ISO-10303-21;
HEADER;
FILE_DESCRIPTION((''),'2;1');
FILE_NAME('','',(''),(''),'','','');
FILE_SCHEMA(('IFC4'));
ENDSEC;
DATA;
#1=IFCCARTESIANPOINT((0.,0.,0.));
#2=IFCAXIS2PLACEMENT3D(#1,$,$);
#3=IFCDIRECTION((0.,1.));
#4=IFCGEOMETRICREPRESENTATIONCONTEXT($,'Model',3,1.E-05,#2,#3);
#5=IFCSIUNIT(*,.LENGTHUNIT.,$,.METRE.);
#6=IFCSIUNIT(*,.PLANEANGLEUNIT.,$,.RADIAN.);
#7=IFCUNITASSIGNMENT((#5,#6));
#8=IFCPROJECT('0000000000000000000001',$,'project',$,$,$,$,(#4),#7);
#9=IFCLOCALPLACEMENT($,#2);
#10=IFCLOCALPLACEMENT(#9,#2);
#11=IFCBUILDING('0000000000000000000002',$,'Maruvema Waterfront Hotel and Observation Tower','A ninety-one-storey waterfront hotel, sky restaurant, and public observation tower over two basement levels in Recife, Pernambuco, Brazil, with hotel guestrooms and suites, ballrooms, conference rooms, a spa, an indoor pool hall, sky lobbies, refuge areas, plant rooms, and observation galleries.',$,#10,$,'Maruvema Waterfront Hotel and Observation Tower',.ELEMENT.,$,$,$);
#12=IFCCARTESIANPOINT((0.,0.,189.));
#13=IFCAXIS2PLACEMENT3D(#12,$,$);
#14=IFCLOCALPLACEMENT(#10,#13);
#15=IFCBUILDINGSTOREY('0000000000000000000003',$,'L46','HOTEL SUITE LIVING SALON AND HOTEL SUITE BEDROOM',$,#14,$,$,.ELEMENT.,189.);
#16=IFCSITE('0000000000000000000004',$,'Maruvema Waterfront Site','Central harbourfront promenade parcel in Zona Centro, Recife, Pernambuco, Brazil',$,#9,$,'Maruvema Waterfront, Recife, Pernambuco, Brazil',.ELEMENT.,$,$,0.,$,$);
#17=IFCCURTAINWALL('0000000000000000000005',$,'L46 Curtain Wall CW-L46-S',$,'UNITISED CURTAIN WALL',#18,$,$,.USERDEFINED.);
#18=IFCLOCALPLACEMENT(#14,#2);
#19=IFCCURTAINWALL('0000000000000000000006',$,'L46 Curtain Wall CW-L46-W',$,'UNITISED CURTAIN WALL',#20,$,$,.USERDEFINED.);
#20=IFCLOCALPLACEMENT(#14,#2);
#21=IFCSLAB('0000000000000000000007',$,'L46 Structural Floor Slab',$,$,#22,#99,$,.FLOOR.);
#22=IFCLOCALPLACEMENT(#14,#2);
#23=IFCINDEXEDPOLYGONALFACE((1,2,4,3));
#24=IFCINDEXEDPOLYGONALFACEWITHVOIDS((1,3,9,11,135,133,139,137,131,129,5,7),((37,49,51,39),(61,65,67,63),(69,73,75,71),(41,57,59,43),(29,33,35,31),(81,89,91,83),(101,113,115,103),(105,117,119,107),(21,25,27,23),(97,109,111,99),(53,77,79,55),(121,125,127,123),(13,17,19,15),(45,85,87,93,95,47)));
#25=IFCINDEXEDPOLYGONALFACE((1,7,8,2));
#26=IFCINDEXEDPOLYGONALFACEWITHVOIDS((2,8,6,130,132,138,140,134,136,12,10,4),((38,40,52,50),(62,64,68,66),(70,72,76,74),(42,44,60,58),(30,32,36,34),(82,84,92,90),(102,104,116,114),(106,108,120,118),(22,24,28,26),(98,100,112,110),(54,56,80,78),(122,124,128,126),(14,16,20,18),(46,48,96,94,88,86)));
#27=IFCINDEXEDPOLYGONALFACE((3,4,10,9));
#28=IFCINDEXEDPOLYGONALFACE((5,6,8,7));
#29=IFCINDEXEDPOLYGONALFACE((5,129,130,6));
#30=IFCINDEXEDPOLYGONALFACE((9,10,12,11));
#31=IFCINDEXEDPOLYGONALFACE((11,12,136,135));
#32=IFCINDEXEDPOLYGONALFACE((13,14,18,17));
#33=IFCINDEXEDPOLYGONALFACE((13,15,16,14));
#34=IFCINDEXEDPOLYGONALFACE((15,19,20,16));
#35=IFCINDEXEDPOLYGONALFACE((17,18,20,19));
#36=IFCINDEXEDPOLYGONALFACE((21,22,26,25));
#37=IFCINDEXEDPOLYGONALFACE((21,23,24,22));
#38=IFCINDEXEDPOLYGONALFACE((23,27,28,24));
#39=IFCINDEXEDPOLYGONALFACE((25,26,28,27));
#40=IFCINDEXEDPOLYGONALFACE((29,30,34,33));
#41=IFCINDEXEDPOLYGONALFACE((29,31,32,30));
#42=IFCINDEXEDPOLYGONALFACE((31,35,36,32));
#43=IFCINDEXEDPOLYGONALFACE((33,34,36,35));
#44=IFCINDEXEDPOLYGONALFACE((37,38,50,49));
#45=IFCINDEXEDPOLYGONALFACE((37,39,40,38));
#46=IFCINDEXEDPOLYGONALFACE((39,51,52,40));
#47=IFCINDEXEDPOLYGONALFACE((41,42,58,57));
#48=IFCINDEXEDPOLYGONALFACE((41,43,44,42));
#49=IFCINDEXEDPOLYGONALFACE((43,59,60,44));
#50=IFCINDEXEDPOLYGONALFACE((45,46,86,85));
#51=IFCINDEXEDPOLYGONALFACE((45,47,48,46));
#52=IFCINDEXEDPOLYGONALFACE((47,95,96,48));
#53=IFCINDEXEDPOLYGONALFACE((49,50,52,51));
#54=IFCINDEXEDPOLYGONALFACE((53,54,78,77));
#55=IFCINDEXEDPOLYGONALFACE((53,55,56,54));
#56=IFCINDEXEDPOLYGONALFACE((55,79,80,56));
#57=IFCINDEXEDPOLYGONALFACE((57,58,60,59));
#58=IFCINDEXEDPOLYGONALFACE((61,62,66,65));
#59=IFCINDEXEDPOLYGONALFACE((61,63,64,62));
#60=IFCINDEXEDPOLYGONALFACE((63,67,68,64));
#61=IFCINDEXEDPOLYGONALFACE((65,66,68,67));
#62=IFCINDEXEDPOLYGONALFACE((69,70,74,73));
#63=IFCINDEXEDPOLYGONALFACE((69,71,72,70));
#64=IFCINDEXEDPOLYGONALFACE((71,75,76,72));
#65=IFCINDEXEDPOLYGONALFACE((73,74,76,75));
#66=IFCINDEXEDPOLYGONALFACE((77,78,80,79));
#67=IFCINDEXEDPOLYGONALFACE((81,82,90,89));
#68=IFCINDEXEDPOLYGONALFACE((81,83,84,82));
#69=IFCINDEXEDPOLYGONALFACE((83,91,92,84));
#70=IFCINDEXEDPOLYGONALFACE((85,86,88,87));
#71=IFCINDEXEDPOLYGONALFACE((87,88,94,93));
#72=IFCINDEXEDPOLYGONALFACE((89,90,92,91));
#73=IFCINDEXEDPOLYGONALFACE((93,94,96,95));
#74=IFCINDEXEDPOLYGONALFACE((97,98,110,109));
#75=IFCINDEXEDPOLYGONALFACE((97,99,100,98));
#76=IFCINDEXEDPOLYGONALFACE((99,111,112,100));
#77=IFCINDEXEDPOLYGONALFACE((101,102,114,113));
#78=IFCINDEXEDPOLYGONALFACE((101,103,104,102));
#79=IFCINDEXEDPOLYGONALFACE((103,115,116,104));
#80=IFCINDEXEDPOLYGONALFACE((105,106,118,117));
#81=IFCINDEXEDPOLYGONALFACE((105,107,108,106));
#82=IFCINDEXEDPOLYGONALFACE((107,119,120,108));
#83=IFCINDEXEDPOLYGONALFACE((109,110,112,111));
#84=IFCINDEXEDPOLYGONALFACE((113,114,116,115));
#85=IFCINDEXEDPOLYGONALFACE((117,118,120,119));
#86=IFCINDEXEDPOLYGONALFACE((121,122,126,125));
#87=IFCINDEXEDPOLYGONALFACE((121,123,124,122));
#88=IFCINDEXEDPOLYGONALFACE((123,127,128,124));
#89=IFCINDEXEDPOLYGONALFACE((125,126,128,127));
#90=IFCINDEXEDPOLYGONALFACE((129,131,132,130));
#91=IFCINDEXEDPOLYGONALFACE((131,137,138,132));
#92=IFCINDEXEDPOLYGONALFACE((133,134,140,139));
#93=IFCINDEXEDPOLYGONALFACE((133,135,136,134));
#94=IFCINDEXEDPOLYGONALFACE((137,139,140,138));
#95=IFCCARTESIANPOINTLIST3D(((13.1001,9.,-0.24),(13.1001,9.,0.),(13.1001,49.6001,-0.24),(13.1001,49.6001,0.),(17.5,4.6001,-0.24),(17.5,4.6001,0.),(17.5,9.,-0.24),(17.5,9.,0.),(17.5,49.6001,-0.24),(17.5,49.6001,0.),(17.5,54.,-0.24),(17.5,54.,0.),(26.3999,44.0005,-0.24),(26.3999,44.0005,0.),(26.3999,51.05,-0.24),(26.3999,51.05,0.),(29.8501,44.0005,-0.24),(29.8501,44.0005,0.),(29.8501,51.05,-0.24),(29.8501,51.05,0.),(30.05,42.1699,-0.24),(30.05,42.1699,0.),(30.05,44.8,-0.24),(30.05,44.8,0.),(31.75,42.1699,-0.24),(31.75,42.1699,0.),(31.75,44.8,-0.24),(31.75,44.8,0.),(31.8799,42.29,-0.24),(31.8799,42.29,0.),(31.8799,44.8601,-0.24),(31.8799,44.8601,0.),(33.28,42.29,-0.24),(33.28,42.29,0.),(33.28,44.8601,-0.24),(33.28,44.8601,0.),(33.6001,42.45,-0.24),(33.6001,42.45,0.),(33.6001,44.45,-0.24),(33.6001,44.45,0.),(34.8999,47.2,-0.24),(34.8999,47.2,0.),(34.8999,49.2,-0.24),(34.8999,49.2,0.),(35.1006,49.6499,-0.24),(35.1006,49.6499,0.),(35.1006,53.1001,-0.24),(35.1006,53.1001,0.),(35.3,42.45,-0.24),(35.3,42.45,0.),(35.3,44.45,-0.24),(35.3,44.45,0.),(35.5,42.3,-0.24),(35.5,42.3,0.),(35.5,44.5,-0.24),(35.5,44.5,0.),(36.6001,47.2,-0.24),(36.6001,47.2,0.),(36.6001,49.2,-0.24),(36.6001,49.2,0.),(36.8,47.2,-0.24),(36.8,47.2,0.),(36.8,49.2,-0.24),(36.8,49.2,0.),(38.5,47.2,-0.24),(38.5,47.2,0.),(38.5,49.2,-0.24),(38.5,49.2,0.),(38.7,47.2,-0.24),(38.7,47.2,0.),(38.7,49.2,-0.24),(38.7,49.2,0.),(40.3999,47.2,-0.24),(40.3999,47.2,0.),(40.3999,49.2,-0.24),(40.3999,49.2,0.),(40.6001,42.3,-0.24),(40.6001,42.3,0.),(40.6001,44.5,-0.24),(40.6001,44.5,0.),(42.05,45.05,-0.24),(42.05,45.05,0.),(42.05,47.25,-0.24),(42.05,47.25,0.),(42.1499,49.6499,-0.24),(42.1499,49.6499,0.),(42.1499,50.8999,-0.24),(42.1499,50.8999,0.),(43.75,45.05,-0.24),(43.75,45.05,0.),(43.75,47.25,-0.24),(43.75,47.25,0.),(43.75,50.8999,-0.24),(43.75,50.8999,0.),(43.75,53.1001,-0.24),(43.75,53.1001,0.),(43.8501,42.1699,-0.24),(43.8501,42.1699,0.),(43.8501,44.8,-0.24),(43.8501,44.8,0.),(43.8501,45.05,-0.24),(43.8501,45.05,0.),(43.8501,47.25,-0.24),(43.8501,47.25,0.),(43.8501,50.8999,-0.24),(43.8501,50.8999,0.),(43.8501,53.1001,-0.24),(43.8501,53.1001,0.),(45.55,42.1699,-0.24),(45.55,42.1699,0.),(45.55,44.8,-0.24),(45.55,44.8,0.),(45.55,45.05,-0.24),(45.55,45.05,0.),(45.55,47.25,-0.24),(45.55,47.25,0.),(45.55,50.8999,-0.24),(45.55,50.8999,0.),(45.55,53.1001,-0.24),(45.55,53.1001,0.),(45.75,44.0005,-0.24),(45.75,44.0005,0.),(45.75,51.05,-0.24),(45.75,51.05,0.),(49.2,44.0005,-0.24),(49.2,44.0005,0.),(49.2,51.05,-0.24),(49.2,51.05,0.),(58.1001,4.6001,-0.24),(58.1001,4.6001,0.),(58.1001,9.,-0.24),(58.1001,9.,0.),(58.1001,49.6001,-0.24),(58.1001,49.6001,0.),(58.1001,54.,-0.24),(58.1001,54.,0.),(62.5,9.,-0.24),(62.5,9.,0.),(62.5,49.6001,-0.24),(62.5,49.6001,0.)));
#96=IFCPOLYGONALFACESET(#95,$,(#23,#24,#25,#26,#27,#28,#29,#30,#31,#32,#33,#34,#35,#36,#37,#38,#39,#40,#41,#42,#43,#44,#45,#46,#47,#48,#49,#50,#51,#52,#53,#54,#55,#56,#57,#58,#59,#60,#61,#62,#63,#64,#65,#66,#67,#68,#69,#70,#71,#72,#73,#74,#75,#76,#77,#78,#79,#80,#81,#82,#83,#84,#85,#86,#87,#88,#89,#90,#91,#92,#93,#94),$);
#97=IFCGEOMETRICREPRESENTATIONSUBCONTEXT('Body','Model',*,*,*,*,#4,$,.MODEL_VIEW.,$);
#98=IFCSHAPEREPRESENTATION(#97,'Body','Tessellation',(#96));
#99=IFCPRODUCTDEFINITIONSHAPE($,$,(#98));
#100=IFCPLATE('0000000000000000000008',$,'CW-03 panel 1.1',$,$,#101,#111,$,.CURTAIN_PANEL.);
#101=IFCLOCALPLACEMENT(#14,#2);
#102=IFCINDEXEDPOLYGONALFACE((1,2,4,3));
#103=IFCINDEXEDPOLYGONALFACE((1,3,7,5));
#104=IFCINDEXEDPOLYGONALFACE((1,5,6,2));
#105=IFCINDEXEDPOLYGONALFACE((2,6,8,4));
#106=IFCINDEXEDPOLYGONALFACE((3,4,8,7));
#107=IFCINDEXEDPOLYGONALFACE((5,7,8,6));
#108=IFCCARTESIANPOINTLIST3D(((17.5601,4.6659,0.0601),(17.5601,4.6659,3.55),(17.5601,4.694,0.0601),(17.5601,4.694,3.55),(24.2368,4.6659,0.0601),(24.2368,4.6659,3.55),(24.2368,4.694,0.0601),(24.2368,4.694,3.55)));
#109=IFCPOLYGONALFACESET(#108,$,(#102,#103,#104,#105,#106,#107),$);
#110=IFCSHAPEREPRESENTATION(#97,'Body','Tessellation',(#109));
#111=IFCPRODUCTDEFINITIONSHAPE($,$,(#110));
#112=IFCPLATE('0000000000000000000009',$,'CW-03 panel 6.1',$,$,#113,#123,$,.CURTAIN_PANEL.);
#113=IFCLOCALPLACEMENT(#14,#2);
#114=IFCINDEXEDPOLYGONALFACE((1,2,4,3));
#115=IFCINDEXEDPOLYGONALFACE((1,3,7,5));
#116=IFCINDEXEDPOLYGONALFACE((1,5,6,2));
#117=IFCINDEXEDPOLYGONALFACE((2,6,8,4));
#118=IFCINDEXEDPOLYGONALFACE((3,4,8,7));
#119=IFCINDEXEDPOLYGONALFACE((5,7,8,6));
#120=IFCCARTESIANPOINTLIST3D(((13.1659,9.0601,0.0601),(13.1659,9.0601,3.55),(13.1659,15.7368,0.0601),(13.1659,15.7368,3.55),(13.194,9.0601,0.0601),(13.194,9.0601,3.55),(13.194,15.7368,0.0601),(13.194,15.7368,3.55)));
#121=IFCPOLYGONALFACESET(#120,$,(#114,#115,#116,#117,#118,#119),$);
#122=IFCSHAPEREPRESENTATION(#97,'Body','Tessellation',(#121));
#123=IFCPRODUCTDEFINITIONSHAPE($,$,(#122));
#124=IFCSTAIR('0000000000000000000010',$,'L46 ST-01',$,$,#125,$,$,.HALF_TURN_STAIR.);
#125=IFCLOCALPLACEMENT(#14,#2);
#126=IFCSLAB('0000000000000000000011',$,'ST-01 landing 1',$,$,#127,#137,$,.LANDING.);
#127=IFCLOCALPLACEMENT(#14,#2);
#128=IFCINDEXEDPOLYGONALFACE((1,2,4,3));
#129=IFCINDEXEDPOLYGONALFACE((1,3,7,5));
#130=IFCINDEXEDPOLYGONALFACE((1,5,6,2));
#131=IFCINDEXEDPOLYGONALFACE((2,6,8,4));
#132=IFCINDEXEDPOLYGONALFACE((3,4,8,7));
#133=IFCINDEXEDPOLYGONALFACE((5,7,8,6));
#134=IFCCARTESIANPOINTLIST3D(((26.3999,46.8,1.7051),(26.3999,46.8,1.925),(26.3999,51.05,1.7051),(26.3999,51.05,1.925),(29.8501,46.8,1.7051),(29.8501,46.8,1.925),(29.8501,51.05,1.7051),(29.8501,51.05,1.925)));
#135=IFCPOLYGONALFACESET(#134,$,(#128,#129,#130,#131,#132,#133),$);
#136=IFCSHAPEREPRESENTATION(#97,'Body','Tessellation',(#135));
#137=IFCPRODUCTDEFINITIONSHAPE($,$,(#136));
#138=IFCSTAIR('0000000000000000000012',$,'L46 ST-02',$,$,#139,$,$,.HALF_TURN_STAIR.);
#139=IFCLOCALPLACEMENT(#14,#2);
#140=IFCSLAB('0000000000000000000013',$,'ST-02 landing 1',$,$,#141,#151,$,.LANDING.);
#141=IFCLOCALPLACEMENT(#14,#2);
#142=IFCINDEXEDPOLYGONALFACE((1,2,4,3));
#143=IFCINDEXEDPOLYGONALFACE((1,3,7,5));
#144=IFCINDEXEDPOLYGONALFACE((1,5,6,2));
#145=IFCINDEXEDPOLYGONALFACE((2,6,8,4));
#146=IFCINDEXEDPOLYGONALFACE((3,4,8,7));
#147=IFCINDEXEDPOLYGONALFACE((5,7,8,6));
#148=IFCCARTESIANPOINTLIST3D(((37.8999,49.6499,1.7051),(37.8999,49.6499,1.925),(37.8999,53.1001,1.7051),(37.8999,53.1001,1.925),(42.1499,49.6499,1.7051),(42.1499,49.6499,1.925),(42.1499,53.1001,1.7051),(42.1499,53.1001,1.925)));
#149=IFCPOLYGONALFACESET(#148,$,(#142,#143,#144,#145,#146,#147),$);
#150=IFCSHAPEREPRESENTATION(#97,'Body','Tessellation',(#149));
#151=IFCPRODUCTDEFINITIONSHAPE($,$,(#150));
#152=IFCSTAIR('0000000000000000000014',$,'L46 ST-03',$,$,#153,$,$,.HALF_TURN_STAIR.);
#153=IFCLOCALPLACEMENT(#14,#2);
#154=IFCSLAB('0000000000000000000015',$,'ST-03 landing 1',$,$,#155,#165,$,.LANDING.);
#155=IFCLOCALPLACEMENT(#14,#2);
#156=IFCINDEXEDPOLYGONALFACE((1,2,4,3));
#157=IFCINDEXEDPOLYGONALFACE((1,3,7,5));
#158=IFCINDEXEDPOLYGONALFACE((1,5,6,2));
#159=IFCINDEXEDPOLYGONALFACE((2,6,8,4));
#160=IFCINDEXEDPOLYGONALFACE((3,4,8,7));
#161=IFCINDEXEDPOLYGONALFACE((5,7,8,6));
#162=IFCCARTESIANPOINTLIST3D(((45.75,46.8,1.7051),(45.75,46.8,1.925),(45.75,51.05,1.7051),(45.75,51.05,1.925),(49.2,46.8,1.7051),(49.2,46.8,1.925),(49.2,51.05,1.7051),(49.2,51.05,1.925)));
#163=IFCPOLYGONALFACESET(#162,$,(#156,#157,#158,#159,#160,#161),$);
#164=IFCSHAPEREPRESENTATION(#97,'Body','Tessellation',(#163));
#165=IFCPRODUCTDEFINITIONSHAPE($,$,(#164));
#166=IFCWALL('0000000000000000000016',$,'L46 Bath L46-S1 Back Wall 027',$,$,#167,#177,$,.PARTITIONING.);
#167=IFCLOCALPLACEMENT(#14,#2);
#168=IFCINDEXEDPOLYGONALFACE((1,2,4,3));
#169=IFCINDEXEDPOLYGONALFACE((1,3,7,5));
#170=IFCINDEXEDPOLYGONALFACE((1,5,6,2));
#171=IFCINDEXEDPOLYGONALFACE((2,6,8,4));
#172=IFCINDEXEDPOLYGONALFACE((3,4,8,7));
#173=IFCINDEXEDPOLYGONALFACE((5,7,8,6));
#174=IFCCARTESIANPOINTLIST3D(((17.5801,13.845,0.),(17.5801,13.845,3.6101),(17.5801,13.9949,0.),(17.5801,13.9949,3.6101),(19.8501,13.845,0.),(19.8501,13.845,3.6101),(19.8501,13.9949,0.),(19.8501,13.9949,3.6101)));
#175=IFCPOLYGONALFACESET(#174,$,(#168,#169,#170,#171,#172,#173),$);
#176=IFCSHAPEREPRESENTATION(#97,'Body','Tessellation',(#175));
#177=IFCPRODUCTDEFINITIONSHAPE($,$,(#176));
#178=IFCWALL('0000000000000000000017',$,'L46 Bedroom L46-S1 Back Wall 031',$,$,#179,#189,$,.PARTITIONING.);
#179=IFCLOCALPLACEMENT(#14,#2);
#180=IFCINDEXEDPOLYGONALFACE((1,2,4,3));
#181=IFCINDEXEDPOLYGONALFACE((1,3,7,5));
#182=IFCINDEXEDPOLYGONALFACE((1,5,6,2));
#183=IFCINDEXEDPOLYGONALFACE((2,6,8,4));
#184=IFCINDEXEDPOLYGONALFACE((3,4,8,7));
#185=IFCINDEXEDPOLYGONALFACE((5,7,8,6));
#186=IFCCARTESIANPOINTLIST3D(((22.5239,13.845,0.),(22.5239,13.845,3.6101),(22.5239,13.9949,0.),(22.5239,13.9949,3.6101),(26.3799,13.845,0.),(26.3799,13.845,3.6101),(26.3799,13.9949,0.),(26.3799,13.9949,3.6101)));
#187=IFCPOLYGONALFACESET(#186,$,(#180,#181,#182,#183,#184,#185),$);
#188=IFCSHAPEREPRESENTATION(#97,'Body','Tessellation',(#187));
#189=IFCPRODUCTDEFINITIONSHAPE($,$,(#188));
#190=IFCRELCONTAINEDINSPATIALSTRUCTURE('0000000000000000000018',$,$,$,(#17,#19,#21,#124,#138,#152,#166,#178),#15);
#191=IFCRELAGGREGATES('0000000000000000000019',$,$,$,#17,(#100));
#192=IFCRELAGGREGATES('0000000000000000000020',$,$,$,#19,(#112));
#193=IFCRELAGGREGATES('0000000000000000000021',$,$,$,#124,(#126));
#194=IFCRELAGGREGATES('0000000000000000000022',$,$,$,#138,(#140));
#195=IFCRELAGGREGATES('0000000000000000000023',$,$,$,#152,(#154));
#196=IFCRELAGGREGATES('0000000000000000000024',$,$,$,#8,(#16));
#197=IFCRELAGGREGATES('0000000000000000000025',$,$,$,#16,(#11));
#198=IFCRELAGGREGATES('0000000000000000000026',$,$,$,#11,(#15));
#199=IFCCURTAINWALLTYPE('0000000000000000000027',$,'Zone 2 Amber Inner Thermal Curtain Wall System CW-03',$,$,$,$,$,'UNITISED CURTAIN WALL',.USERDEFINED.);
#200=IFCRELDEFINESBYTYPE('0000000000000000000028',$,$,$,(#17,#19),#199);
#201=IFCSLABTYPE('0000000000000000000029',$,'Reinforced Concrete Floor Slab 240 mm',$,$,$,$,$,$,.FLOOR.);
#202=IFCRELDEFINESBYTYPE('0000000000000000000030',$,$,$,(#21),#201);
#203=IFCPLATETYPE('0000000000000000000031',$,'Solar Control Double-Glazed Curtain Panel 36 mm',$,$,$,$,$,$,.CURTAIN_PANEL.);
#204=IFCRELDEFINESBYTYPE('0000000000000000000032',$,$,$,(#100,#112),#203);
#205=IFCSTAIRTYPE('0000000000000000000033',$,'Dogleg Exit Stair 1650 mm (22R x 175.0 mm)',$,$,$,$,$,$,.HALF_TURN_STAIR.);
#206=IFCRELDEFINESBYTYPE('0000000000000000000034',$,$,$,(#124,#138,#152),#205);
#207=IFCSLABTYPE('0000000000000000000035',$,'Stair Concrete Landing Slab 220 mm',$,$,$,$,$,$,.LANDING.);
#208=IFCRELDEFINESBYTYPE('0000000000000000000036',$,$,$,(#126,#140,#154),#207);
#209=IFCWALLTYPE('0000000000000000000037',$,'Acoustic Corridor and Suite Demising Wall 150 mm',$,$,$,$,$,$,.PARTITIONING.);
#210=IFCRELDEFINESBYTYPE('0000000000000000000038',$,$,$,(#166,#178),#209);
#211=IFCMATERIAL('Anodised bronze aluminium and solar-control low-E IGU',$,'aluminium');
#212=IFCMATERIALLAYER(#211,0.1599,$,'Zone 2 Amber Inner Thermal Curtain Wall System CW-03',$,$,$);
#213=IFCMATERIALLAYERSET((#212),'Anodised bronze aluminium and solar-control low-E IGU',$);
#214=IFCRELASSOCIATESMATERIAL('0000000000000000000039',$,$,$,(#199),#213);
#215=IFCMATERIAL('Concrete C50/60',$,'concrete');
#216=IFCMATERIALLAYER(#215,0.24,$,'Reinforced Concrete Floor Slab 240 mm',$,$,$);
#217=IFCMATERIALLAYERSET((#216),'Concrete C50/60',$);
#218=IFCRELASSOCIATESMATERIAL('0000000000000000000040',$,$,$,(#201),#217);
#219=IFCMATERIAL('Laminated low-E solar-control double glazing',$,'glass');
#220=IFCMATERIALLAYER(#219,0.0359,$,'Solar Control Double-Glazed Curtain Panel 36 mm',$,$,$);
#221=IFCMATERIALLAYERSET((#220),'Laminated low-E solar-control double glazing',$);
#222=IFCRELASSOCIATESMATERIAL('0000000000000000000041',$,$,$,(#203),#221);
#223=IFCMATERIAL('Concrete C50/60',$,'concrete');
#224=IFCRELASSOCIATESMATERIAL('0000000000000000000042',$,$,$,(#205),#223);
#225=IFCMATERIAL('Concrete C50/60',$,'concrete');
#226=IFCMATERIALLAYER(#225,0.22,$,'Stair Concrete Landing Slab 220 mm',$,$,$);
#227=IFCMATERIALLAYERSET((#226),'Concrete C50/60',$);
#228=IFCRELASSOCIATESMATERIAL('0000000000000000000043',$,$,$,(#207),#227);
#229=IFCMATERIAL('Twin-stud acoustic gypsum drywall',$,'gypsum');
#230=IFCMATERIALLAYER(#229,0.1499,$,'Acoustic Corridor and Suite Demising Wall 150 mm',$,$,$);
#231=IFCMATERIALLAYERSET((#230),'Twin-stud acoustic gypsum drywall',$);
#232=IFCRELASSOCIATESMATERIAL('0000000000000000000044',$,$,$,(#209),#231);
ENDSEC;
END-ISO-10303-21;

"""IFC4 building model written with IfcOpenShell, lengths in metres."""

from ifc_helpers import new_model, si_unit, direction, frame, frame_2d, origin, origin_2d, place, context, subcontext, project, spatial, polyline, rectangle, outline, extrude, material, layer, layer_set, type_object, element, aggregate, save


model = new_model("IFC4")

# Units and contexts
model_context = context("Model", 3, precision=1e-05, world=origin(), true_north=direction((0.0, 1.0)))
body_context = subcontext(model_context, "Body", "Model", "MODEL_VIEW")
ifc_project = project(units=[si_unit("LENGTHUNIT", "METRE"), si_unit("PLANEANGLEUNIT", "RADIAN")], contexts=[model_context])

# Site, building, storey
site_placement = place(None, origin())
site = spatial("IfcSite", under=ifc_project, at=site_placement, Name="Maruvema Waterfront Site", Description="Central harbourfront promenade parcel in Zona Centro, Recife, Pernambuco, Brazil", LongName="Maruvema Waterfront, Recife, Pernambuco, Brazil", CompositionType="ELEMENT", RefElevation=0.0)
building_placement = place(site_placement, origin())
building = spatial("IfcBuilding", under=site, at=building_placement, Name="Maruvema Waterfront Hotel and Observation Tower", Description="A ninety-one-storey waterfront hotel, sky restaurant, and public observation tower over two basement levels in Recife, Pernambuco, Brazil, with hotel guestrooms and suites, ballrooms, conference rooms, a spa, an indoor pool hall, sky lobbies, refuge areas, plant rooms, and observation galleries.", LongName="Maruvema Waterfront Hotel and Observation Tower", CompositionType="ELEMENT")
storey_placement = place(building_placement, frame((0.0, 0.0, 189.0)))
storey = spatial("IfcBuildingStorey", under=building, at=storey_placement, Name="L46", Description="HOTEL SUITE LIVING SALON AND HOTEL SUITE BEDROOM", CompositionType="ELEMENT", Elevation=189.0)

# Curtain wall
ifc_material_1 = material(Name="Anodised bronze aluminium and solar-control low-E IGU", Category="aluminium")
ifc_layer_1 = layer(ifc_material_1, 0.1599, Name="Zone 2 Amber Inner Thermal Curtain Wall System CW-03")
ifc_layer_set_1 = layer_set([ifc_layer_1], Name="Anodised bronze aluminium and solar-control low-E IGU")
curtain_wall_type = type_object("IfcCurtainWallType", Name="Zone 2 Amber Inner Thermal Curtain Wall System CW-03", ElementType="UNITISED CURTAIN WALL", PredefinedType="USERDEFINED", material=ifc_layer_set_1)
curtain_wall_1_placement = place(storey_placement, origin())
curtain_wall_1 = element("IfcCurtainWall", 1, at=curtain_wall_1_placement, inside=storey, type_object=curtain_wall_type, Name="L46 Curtain Wall CW-L46-S", ObjectType="UNITISED CURTAIN WALL", PredefinedType="USERDEFINED")

# Curtain wall
curtain_wall_2_placement = place(storey_placement, origin())
curtain_wall_2 = element("IfcCurtainWall", 2, at=curtain_wall_2_placement, inside=storey, type_object=curtain_wall_type, Name="L46 Curtain Wall CW-L46-W", ObjectType="UNITISED CURTAIN WALL", PredefinedType="USERDEFINED")

# Slab
ifc_material_2 = material(Name="Concrete C50/60", Category="concrete")
ifc_layer_2 = layer(ifc_material_2, 0.24, Name="Reinforced Concrete Floor Slab 240 mm")
ifc_layer_set_2 = layer_set([ifc_layer_2], Name="Concrete C50/60")
slab_type_1 = type_object("IfcSlabType", Name="Reinforced Concrete Floor Slab 240 mm", PredefinedType="FLOOR", material=ifc_layer_set_2)
slab_1_placement = place(storey_placement, frame((0.0, 0.0, -0.24)))
element("IfcSlab", 3, at=slab_1_placement, inside=storey, type_object=slab_type_1, Name="L46 Structural Floor Slab", PredefinedType="FLOOR", context=body_context, shape_type="SweptSolid", body=[
    extrude(outline(polyline([(17.5, 4.6001), (58.1001, 4.6001), (58.1001, 9.0), (62.5, 9.0), (62.5, 49.6001), (58.1001, 49.6001), (58.1001, 54.0), (17.5, 54.0), (17.5, 49.6001), (13.1001, 49.6001), (13.1001, 9.0), (17.5, 9.0), (17.5, 4.6001)]), holes=[polyline([(26.3999, 44.0005), (26.3999, 51.05), (29.8501, 51.05), (29.8501, 44.0005), (26.3999, 44.0005)]), polyline([(30.05, 44.8), (31.75, 44.8), (31.75, 42.1699), (30.05, 42.1699), (30.05, 44.8)]), polyline([(31.8799, 44.8601), (33.28, 44.8601), (33.28, 42.29), (31.8799, 42.29), (31.8799, 44.8601)]), polyline([(33.6001, 44.45), (35.3, 44.45), (35.3, 42.45), (33.6001, 42.45), (33.6001, 44.45)]), polyline([(34.8999, 49.2), (36.6001, 49.2), (36.6001, 47.2), (34.8999, 47.2), (34.8999, 49.2)]), polyline([(36.8, 49.2), (38.5, 49.2), (38.5, 47.2), (36.8, 47.2), (36.8, 49.2)]), polyline([(35.5, 42.3), (35.5, 44.5), (40.6001, 44.5), (40.6001, 42.3), (35.5, 42.3)]), polyline([(35.1006, 53.1001), (43.75, 53.1001), (43.75, 50.8999), (42.1499, 50.8999), (42.1499, 49.6499), (35.1006, 49.6499), (35.1006, 53.1001)]), polyline([(38.7, 49.2), (40.3999, 49.2), (40.3999, 47.2), (38.7, 47.2), (38.7, 49.2)]), polyline([(42.05, 47.25), (43.75, 47.25), (43.75, 45.05), (42.05, 45.05), (42.05, 47.25)]), polyline([(43.8501, 44.8), (45.55, 44.8), (45.55, 42.1699), (43.8501, 42.1699), (43.8501, 44.8)]), polyline([(43.8501, 47.25), (45.55, 47.25), (45.55, 45.05), (43.8501, 45.05), (43.8501, 47.25)]), polyline([(45.55, 53.1001), (45.55, 50.8999), (43.8501, 50.8999), (43.8501, 53.1001), (45.55, 53.1001)]), polyline([(45.75, 44.0005), (45.75, 51.05), (49.2, 51.05), (49.2, 44.0005), (45.75, 44.0005)])]), origin(), (0.0, 0.0, 1.0), 0.24),
])

# Plates
ifc_material_3 = material(Name="Laminated low-E solar-control double glazing", Category="glass")
ifc_layer_3 = layer(ifc_material_3, 0.0359, Name="Solar Control Double-Glazed Curtain Panel 36 mm")
ifc_layer_set_3 = layer_set([ifc_layer_3], Name="Laminated low-E solar-control double glazing")
plate_type = type_object("IfcPlateType", Name="Solar Control Double-Glazed Curtain Panel 36 mm", PredefinedType="CURTAIN_PANEL", material=ifc_layer_set_3)
plate_1_placement = place(storey_placement, frame((20.8984, 4.6799, 0.0601), z_axis=(0.0, 0.0, 1.0), x_axis=(1.0, 0.0, 0.0)))
plate_1 = element("IfcPlate", 4, at=plate_1_placement, type_object=plate_type, Name="CW-03 panel 1.1", PredefinedType="CURTAIN_PANEL", context=body_context, shape_type="SweptSolid", body=[
    extrude(rectangle(XDim=6.6768, YDim=0.0281, at=origin_2d()), origin(), (0.0, 0.0, 1.0), 3.49),
])
aggregate(curtain_wall_1, [plate_1])
plate_2_placement = place(storey_placement, frame((13.1799, 12.3984, 0.0601), z_axis=(0.0, 0.0, 1.0), x_axis=(0.0, -1.0, 0.0)))
plate_2 = element("IfcPlate", 5, at=plate_2_placement, type_object=plate_type, Name="CW-03 panel 6.1", PredefinedType="CURTAIN_PANEL", context=body_context, shape_type="SweptSolid", body=[
    extrude(rectangle(XDim=6.6768, YDim=0.0281, at=origin_2d()), origin(), (0.0, 0.0, 1.0), 3.49),
])
aggregate(curtain_wall_2, [plate_2])

# Stairs, slabs
ifc_material_4 = material(Name="Concrete C50/60", Category="concrete")
stair_type = type_object("IfcStairType", Name="Dogleg Exit Stair 1650 mm (22R x 175.0 mm)", PredefinedType="HALF_TURN_STAIR", material=ifc_material_4)
stair_1_placement = place(storey_placement, origin())
stair_1 = element("IfcStair", 6, at=stair_1_placement, inside=storey, type_object=stair_type, Name="L46 ST-01", PredefinedType="HALF_TURN_STAIR")
ifc_material_5 = material(Name="Concrete C50/60", Category="concrete")
ifc_layer_4 = layer(ifc_material_5, 0.22, Name="Stair Concrete Landing Slab 220 mm")
ifc_layer_set_4 = layer_set([ifc_layer_4], Name="Concrete C50/60")
slab_type_2 = type_object("IfcSlabType", Name="Stair Concrete Landing Slab 220 mm", PredefinedType="LANDING", material=ifc_layer_set_4)
slab_2_placement = place(storey_placement, frame((0.0, 0.0, 1.7051)))
slab_2 = element("IfcSlab", 7, at=slab_2_placement, type_object=slab_type_2, Name="ST-01 landing 1", PredefinedType="LANDING", context=body_context, shape_type="SweptSolid", body=[
    extrude(outline(polyline([(29.8501, 46.8), (29.8501, 51.05), (26.3999, 51.05), (26.3999, 46.8), (29.8501, 46.8)])), origin(), (0.0, 0.0, 1.0), 0.22),
])
aggregate(stair_1, [slab_2])
stair_2_placement = place(storey_placement, origin())
stair_2 = element("IfcStair", 8, at=stair_2_placement, inside=storey, type_object=stair_type, Name="L46 ST-02", PredefinedType="HALF_TURN_STAIR")
slab_3_placement = place(storey_placement, frame((0.0, 0.0, 1.7051)))
slab_3 = element("IfcSlab", 9, at=slab_3_placement, type_object=slab_type_2, Name="ST-02 landing 1", PredefinedType="LANDING", context=body_context, shape_type="SweptSolid", body=[
    extrude(outline(polyline([(37.8999, 49.6499), (42.1499, 49.6499), (42.1499, 53.1001), (37.8999, 53.1001), (37.8999, 49.6499)])), origin(), (0.0, 0.0, 1.0), 0.22),
])
aggregate(stair_2, [slab_3])
stair_3_placement = place(storey_placement, origin())
stair_3 = element("IfcStair", 10, at=stair_3_placement, inside=storey, type_object=stair_type, Name="L46 ST-03", PredefinedType="HALF_TURN_STAIR")
slab_4_placement = place(storey_placement, frame((0.0, 0.0, 1.7051)))
slab_4 = element("IfcSlab", 11, at=slab_4_placement, type_object=slab_type_2, Name="ST-03 landing 1", PredefinedType="LANDING", context=body_context, shape_type="SweptSolid", body=[
    extrude(outline(polyline([(49.2, 46.8), (49.2, 51.05), (45.75, 51.05), (45.75, 46.8), (49.2, 46.8)])), origin(), (0.0, 0.0, 1.0), 0.22),
])
aggregate(stair_3, [slab_4])

# Wall
ifc_material_6 = material(Name="Twin-stud acoustic gypsum drywall", Category="gypsum")
ifc_layer_5 = layer(ifc_material_6, 0.1499, Name="Acoustic Corridor and Suite Demising Wall 150 mm")
ifc_layer_set_5 = layer_set([ifc_layer_5], Name="Twin-stud acoustic gypsum drywall")
wall_type_1 = type_object("IfcWallType", Name="Acoustic Corridor and Suite Demising Wall 150 mm", PredefinedType="PARTITIONING", material=ifc_layer_set_5)
wall_1_placement = place(storey_placement, frame((17.5801, 13.9199, 0.0), z_axis=(0.0, 0.0, 1.0), x_axis=(1.0, 0.0, 0.0)))
element("IfcWall", 12, at=wall_1_placement, inside=storey, type_object=wall_type_1, Name="L46 Bath L46-S1 Back Wall 027", PredefinedType="PARTITIONING", context=body_context, shape_type="SweptSolid", body=[
    extrude(rectangle(XDim=2.27, YDim=0.1499, at=frame_2d((1.135, 0.0))), origin(), (0.0, 0.0, 1.0), 3.6101),
])

# Wall
wall_2_placement = place(storey_placement, frame((22.5239, 13.9199, 0.0), z_axis=(0.0, 0.0, 1.0), x_axis=(1.0, 0.0, 0.0)))
element("IfcWall", 13, at=wall_2_placement, inside=storey, type_object=wall_type_1, Name="L46 Bedroom L46-S1 Back Wall 031", PredefinedType="PARTITIONING", context=body_context, shape_type="SweptSolid", body=[
    extrude(rectangle(XDim=3.856, YDim=0.1499, at=frame_2d((1.928, 0.0))), origin(), (0.0, 0.0, 1.0), 3.6101),
])

save(model, "model.ifc")
